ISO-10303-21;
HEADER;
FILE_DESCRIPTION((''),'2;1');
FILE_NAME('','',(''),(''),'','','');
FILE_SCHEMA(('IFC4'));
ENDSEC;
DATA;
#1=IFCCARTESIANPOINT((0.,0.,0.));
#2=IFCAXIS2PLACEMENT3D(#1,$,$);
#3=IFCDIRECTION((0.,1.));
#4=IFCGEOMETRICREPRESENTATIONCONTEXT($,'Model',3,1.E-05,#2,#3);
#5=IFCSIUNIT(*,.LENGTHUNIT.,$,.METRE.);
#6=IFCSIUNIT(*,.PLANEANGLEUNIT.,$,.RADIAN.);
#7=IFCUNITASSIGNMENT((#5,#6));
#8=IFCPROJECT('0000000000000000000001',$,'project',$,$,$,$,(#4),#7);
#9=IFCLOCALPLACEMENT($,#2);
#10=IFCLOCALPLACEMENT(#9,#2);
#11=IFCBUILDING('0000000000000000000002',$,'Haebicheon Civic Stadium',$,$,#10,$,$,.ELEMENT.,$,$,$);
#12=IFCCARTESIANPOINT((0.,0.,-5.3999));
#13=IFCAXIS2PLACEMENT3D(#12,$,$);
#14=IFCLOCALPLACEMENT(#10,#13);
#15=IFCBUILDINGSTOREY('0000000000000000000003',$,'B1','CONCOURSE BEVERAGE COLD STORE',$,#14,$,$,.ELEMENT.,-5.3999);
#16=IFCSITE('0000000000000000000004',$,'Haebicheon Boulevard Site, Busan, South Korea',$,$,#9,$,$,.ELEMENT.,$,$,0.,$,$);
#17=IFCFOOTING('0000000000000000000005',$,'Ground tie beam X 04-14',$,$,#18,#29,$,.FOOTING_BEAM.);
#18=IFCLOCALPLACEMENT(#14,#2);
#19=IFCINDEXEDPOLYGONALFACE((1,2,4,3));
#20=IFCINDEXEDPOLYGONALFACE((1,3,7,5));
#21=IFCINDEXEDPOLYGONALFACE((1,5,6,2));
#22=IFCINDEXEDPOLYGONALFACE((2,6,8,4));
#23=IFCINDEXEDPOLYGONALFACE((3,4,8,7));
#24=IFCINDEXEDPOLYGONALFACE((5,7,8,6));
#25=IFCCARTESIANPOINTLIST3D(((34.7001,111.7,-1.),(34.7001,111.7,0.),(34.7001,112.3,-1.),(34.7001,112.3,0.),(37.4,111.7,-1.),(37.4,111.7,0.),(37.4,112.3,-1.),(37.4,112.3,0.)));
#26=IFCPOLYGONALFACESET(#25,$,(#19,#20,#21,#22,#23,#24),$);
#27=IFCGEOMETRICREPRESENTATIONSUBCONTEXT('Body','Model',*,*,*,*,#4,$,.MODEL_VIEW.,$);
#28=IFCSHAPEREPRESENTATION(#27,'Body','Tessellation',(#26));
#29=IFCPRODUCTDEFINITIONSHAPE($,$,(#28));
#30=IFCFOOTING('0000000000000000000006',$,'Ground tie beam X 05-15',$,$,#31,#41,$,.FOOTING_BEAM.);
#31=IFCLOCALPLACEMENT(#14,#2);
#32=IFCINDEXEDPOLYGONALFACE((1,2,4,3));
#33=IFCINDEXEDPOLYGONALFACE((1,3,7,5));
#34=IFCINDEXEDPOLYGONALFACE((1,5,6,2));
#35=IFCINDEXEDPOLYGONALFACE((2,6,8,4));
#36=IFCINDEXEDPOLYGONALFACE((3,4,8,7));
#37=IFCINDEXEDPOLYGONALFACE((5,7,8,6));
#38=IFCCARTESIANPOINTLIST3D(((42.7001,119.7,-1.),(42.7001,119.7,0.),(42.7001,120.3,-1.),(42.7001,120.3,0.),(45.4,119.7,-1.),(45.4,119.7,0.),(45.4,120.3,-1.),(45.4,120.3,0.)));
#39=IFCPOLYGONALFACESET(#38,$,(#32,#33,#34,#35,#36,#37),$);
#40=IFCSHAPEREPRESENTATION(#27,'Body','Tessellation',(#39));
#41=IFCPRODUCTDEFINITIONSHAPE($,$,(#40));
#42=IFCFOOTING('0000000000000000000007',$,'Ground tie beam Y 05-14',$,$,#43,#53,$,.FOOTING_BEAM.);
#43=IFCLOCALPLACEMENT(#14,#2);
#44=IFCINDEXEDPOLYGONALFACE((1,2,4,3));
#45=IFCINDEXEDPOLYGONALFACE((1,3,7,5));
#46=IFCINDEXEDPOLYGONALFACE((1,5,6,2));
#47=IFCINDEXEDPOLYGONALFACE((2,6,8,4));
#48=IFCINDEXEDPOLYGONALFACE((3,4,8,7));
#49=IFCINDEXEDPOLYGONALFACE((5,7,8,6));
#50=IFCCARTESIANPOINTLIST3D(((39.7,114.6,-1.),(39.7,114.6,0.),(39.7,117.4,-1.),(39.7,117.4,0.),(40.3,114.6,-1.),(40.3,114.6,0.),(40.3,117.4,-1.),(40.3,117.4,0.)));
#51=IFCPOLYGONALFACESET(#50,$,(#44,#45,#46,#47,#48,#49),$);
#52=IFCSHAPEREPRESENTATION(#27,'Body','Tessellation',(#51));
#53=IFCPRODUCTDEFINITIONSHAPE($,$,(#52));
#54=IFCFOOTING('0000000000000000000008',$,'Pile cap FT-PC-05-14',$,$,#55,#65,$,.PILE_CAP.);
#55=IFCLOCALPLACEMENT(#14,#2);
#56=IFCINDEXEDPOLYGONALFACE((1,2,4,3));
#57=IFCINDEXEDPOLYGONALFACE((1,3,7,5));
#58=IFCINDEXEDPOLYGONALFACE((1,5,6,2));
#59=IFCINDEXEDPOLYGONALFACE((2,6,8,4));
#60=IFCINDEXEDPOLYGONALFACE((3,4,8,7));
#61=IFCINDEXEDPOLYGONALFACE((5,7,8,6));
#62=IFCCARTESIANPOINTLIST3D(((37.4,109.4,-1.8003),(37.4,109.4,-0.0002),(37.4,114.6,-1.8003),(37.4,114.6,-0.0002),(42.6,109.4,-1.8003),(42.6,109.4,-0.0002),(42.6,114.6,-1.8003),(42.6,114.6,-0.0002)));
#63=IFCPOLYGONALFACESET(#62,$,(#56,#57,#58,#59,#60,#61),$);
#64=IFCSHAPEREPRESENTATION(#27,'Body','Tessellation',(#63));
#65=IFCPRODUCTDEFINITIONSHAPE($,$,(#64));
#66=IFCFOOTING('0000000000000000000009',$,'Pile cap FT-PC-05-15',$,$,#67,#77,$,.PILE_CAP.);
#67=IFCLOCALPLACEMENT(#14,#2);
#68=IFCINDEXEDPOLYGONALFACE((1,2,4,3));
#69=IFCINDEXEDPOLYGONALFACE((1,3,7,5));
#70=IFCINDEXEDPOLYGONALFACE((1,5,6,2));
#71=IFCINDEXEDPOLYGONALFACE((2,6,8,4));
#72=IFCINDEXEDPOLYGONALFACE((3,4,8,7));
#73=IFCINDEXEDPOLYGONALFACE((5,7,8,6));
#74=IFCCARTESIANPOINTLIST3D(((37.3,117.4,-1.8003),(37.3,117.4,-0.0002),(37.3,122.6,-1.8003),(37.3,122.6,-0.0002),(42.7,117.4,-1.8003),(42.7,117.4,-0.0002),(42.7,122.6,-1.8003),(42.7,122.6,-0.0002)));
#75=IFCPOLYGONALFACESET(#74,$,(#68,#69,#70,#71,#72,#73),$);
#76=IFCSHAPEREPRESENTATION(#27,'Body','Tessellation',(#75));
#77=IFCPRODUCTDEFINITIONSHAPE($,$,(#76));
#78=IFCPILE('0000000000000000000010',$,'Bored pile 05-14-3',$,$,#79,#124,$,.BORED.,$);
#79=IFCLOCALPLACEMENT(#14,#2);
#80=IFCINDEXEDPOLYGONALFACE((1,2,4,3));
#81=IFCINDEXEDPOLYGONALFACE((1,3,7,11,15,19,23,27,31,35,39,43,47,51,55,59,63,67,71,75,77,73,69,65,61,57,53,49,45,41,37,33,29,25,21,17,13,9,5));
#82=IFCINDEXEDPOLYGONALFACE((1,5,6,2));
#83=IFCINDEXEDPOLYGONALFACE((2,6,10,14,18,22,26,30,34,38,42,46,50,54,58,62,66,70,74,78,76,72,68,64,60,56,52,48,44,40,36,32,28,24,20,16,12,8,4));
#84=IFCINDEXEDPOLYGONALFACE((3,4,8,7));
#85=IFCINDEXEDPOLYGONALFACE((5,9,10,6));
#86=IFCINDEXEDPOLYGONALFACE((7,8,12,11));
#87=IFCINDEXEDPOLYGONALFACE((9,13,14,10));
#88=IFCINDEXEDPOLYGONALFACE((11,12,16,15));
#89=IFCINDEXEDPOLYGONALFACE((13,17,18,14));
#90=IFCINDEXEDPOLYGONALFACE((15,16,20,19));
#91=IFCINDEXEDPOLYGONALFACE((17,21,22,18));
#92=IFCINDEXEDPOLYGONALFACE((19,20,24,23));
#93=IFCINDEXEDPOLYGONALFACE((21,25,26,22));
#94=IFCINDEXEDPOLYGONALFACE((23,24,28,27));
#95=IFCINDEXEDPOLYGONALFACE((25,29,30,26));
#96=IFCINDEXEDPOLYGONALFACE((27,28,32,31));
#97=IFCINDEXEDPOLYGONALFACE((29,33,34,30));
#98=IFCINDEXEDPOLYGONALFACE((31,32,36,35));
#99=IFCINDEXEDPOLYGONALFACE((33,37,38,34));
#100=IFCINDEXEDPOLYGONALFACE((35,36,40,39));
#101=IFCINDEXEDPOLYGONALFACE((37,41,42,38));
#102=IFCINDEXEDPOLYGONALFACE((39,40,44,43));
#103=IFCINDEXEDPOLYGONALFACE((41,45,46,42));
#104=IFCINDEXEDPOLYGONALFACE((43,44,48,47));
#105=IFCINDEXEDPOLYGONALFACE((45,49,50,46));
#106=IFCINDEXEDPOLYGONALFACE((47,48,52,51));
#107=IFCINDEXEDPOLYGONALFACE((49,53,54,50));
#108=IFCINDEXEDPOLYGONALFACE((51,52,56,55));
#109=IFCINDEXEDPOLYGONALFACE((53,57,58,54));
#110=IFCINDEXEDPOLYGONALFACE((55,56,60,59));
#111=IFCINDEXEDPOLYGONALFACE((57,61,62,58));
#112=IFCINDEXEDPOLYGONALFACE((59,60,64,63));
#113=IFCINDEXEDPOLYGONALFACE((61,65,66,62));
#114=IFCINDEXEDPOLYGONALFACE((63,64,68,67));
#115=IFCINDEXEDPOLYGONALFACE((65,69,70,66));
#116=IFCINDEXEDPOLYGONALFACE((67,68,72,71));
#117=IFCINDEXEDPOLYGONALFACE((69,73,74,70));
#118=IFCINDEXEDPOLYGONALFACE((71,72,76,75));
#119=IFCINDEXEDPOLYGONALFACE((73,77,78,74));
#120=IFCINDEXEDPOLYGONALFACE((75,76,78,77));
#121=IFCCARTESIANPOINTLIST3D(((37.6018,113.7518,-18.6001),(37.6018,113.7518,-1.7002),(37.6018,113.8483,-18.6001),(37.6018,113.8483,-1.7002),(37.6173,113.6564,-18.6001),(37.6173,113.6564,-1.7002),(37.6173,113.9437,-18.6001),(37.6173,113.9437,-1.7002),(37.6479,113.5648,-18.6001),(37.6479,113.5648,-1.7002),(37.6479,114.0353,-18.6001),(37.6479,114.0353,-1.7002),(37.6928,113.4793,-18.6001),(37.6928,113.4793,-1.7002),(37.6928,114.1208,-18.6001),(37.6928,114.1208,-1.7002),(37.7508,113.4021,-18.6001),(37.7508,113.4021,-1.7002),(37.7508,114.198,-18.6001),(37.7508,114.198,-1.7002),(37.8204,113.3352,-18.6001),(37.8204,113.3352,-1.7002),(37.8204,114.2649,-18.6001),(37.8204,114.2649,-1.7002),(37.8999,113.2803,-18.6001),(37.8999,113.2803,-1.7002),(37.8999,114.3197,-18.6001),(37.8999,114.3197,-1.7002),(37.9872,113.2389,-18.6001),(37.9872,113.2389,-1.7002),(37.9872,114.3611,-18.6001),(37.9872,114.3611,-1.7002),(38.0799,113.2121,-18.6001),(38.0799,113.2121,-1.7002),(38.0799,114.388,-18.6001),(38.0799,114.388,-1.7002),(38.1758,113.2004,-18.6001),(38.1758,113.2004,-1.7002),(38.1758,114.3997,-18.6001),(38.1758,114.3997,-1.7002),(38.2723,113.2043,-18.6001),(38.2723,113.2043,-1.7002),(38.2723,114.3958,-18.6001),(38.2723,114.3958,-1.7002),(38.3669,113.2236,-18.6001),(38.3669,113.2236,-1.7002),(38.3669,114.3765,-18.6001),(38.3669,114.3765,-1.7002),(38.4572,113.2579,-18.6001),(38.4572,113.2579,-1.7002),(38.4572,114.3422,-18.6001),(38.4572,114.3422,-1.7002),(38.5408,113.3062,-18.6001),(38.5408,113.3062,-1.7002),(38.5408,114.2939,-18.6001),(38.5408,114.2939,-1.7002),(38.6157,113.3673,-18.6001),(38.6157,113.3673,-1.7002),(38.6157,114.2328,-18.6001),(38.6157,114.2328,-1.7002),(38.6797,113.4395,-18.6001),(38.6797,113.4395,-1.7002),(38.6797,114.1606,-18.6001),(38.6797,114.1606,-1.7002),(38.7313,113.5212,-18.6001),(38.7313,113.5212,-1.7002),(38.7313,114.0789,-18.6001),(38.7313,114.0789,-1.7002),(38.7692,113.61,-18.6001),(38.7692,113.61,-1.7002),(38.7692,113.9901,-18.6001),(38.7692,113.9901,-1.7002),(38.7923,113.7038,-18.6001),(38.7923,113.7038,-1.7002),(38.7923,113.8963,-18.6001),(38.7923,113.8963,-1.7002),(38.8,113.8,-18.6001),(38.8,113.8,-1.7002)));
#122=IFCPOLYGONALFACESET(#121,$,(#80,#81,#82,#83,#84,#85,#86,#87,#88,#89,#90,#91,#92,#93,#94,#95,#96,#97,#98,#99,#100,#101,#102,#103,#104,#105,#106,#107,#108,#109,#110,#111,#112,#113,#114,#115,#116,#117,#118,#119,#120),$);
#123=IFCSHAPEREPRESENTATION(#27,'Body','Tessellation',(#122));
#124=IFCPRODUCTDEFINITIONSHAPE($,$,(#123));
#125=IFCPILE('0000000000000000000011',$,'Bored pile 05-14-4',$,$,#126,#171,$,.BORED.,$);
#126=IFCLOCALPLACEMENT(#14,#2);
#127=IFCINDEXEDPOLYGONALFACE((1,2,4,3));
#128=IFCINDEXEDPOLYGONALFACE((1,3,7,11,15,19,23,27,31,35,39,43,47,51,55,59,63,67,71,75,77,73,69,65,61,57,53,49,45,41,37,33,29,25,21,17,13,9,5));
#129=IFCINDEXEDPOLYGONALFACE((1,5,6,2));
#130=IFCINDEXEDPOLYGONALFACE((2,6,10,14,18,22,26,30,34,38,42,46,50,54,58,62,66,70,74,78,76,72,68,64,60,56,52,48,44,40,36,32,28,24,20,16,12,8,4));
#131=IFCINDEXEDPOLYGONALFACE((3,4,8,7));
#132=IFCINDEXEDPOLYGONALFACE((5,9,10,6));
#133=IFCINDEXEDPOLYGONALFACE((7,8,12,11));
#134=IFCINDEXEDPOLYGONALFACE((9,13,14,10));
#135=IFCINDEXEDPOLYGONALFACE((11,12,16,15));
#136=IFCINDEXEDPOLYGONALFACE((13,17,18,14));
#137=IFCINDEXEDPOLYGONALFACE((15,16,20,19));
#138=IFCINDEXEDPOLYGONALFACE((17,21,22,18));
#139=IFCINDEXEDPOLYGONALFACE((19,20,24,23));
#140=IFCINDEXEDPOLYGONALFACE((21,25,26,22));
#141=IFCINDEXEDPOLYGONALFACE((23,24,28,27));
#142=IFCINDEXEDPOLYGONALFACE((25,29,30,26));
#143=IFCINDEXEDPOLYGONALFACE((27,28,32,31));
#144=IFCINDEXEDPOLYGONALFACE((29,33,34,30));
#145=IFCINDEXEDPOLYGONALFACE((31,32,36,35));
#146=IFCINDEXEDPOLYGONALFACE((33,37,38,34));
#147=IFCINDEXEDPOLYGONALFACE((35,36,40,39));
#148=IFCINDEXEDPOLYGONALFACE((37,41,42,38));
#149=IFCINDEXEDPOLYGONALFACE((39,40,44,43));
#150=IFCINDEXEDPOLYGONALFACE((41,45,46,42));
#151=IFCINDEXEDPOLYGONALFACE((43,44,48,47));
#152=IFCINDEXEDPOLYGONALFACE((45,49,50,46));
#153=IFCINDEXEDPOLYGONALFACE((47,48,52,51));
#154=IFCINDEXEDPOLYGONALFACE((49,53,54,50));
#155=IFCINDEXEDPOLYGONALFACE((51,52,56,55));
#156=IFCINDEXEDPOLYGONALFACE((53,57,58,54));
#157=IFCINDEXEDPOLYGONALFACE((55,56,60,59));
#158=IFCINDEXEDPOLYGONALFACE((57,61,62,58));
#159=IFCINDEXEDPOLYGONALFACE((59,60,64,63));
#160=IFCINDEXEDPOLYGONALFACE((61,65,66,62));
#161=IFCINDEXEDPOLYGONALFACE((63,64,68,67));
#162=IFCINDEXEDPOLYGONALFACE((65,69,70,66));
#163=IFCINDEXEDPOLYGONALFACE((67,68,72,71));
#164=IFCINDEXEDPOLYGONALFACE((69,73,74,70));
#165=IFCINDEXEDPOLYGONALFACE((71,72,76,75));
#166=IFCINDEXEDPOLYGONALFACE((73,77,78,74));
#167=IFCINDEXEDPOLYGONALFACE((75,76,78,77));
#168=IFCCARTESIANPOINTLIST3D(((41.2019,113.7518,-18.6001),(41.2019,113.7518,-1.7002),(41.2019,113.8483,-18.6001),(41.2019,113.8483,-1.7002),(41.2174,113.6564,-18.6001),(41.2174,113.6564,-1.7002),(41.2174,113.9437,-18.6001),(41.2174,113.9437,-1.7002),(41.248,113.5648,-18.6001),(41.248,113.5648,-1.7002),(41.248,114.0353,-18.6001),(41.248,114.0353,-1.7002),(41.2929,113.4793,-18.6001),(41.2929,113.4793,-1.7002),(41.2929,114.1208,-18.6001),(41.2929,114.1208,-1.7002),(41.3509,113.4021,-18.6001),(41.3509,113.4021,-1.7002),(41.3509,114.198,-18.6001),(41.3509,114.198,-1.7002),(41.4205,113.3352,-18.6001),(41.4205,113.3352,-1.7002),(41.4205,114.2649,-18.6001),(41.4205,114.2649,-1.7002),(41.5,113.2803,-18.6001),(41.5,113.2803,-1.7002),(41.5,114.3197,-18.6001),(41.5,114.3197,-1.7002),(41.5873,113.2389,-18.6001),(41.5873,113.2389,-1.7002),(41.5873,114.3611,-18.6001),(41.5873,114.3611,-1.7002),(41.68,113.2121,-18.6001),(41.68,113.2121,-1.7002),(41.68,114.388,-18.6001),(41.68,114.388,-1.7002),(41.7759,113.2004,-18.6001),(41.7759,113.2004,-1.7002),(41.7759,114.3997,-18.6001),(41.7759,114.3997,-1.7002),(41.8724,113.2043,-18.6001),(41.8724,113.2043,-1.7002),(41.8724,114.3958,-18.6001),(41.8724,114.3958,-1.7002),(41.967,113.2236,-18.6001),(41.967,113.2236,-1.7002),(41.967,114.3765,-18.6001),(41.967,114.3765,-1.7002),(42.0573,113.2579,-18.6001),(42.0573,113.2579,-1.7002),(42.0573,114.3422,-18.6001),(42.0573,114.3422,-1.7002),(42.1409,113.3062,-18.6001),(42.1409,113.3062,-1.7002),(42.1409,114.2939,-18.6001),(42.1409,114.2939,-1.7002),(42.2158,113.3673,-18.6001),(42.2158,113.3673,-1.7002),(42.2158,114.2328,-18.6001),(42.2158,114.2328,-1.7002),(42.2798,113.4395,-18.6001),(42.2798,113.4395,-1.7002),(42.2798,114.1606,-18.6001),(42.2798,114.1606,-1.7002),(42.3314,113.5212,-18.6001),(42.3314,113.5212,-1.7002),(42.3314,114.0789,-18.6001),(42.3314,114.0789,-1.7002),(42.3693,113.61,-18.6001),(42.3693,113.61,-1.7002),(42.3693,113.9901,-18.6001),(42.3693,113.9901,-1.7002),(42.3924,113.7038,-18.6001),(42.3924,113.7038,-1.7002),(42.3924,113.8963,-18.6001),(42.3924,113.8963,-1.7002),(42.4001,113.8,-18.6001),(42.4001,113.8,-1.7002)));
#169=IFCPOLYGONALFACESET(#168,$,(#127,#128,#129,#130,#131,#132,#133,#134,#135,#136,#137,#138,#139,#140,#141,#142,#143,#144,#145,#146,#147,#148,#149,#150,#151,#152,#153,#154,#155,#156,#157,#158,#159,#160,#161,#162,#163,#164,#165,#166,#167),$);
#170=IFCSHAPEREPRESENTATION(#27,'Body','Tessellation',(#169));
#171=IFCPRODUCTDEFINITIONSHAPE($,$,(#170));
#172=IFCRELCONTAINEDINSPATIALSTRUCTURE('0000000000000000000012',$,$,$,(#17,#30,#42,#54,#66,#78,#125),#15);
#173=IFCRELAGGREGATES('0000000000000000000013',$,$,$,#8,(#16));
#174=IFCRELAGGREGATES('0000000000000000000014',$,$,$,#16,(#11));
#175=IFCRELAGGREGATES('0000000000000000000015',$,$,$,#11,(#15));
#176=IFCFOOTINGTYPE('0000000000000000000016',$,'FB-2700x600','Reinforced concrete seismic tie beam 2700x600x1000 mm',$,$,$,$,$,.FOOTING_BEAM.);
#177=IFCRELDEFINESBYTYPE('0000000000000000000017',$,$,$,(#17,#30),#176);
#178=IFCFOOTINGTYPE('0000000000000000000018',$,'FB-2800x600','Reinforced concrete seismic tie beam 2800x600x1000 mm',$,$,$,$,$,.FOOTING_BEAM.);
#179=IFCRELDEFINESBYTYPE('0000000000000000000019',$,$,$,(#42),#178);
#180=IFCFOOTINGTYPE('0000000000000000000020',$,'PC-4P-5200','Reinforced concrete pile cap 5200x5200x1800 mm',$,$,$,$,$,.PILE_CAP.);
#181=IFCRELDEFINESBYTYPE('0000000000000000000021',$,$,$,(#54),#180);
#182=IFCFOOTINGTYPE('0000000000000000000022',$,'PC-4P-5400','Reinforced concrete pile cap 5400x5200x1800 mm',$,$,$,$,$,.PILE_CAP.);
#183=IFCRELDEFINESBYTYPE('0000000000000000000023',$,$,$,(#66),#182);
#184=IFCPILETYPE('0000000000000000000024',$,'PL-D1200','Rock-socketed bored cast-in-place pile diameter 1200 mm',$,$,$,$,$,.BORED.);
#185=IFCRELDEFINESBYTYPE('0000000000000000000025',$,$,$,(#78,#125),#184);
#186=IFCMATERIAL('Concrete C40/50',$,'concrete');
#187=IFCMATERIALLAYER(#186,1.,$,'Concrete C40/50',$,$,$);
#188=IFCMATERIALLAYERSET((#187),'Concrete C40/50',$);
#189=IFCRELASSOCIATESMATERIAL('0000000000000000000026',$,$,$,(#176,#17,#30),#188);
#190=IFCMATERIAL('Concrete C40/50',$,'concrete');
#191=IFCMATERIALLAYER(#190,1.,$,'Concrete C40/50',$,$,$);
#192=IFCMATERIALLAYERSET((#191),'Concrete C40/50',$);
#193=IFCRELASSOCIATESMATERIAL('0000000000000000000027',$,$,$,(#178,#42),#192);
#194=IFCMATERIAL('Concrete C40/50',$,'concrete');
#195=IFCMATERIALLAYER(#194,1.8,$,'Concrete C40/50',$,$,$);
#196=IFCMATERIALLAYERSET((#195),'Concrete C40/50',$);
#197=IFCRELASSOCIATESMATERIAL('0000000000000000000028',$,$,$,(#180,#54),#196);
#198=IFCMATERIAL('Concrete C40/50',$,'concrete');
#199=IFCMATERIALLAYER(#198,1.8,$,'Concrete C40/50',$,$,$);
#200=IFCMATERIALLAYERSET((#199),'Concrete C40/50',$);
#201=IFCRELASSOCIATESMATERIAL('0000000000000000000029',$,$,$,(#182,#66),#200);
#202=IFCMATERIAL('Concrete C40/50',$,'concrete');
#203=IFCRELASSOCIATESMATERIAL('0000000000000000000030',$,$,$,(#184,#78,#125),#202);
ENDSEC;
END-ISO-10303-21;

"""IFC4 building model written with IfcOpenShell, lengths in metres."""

from ifc_helpers import new_model, si_unit, direction, frame, origin, origin_2d, place, context, subcontext, project, spatial, rectangle, circle, extrude, material, layer, layer_set, material_profile, profile_set, type_object, element, save


model = new_model("IFC4")

# Units and contexts
model_context = context("Model", 3, precision=1e-05, world=origin(), true_north=direction((0.0, 1.0)))
body_context = subcontext(model_context, "Body", "Model", "MODEL_VIEW")
ifc_project = project(units=[si_unit("LENGTHUNIT", "METRE"), si_unit("PLANEANGLEUNIT", "RADIAN")], contexts=[model_context])

# Site, building, storey
site_placement = place(None, origin())
site = spatial("IfcSite", under=ifc_project, at=site_placement, Name="Haebicheon Boulevard Site, Busan, South Korea", CompositionType="ELEMENT", RefElevation=0.0)
building_placement = place(site_placement, origin())
building = spatial("IfcBuilding", under=site, at=building_placement, Name="Haebicheon Civic Stadium", CompositionType="ELEMENT")
storey_placement = place(building_placement, frame((0.0, 0.0, -5.3999)))
storey = spatial("IfcBuildingStorey", under=building, at=storey_placement, Name="B1", Description="CONCOURSE BEVERAGE COLD STORE", CompositionType="ELEMENT", Elevation=-5.3999)

# Footings
ifc_material_1 = material(Name="Concrete C40/50", Category="concrete")
ifc_layer_1 = layer(ifc_material_1, 1.0, Name="Concrete C40/50")
ifc_layer_set_1 = layer_set([ifc_layer_1], Name="Concrete C40/50")
footing_type_1 = type_object("IfcFootingType", Name="FB-2700x600", Description="Reinforced concrete seismic tie beam 2700x600x1000 mm", PredefinedType="FOOTING_BEAM", material=ifc_layer_set_1)
for number, where, z_axis, x_axis, name in (
    (1, (36.05, 112.0, -1.0), (0.0, 0.0, 1.0), (1.0, 0.0, 0.0), "Ground tie beam X 04-14"),
    (2, (44.05, 120.0, -1.0), (0.0, 0.0, 1.0), (1.0, 0.0, 0.0), "Ground tie beam X 05-15"),
):
    element("IfcFooting", number, at=place(storey_placement, frame(where, z_axis=z_axis, x_axis=x_axis)), inside=storey, type_object=footing_type_1, material=ifc_layer_set_1, Name=name, PredefinedType="FOOTING_BEAM", context=body_context, shape_type="SweptSolid", body=[
        extrude(rectangle(XDim=2.7, YDim=0.6001, at=origin_2d()), origin(), (0.0, 0.0, 1.0), 1.0),
    ])
ifc_material_2 = material(Name="Concrete C40/50", Category="concrete")
ifc_layer_2 = layer(ifc_material_2, 1.0, Name="Concrete C40/50")
ifc_layer_set_2 = layer_set([ifc_layer_2], Name="Concrete C40/50")
footing_type_2 = type_object("IfcFootingType", Name="FB-2800x600", Description="Reinforced concrete seismic tie beam 2800x600x1000 mm", PredefinedType="FOOTING_BEAM", material=ifc_layer_set_2)
footing_1_placement = place(storey_placement, frame((40.0, 116.0, -1.0), z_axis=(0.0, 0.0, 1.0), x_axis=(0.0, 1.0, 0.0)))
element("IfcFooting", 3, at=footing_1_placement, inside=storey, type_object=footing_type_2, material=ifc_layer_set_2, Name="Ground tie beam Y 05-14", PredefinedType="FOOTING_BEAM", context=body_context, shape_type="SweptSolid", body=[
    extrude(rectangle(XDim=2.8, YDim=0.6001, at=origin_2d()), origin(), (0.0, 0.0, 1.0), 1.0),
])
ifc_material_3 = material(Name="Concrete C40/50", Category="concrete")
ifc_layer_3 = layer(ifc_material_3, 1.8, Name="Concrete C40/50")
ifc_layer_set_3 = layer_set([ifc_layer_3], Name="Concrete C40/50")
footing_type_3 = type_object("IfcFootingType", Name="PC-4P-5200", Description="Reinforced concrete pile cap 5200x5200x1800 mm", PredefinedType="PILE_CAP", material=ifc_layer_set_3)
footing_2_placement = place(storey_placement, frame((40.0, 112.0, -1.8003), z_axis=(0.0, 0.0, 1.0), x_axis=(1.0, 0.0, 0.0)))
element("IfcFooting", 4, at=footing_2_placement, inside=storey, type_object=footing_type_3, material=ifc_layer_set_3, Name="Pile cap FT-PC-05-14", PredefinedType="PILE_CAP", context=body_context, shape_type="SweptSolid", body=[
    extrude(rectangle(XDim=5.2, YDim=5.2, at=origin_2d()), origin(), (0.0, 0.0, 1.0), 1.8),
])
ifc_material_4 = material(Name="Concrete C40/50", Category="concrete")
ifc_layer_4 = layer(ifc_material_4, 1.8, Name="Concrete C40/50")
ifc_layer_set_4 = layer_set([ifc_layer_4], Name="Concrete C40/50")
footing_type_4 = type_object("IfcFootingType", Name="PC-4P-5400", Description="Reinforced concrete pile cap 5400x5200x1800 mm", PredefinedType="PILE_CAP", material=ifc_layer_set_4)
footing_3_placement = place(storey_placement, frame((40.0, 120.0, -1.8003), z_axis=(0.0, 0.0, 1.0), x_axis=(1.0, 0.0, 0.0)))
element("IfcFooting", 5, at=footing_3_placement, inside=storey, type_object=footing_type_4, material=ifc_layer_set_4, Name="Pile cap FT-PC-05-15", PredefinedType="PILE_CAP", context=body_context, shape_type="SweptSolid", body=[
    extrude(rectangle(XDim=5.3999, YDim=5.2, at=origin_2d()), origin(), (0.0, 0.0, 1.0), 1.8),
])

# Piles
ifc_material_5 = material(Name="Concrete C40/50", Category="concrete")
ifc_material_profile_1 = material_profile(ifc_material_5, circle(Radius=0.6001, at=origin_2d()), Name="PILE-D1200")
ifc_profile_set_1 = profile_set([ifc_material_profile_1], Name="Concrete C40/50")
pile_type = type_object("IfcPileType", Name="PL-D1200", Description="Rock-socketed bored cast-in-place pile diameter 1200 mm", PredefinedType="BORED", material=ifc_profile_set_1)
for number, where, z_axis, x_axis, name in (
    (6, (38.2, 113.8, -1.7002), (0.0, 0.0, -1.0), (1.0, 0.0, 0.0), "Bored pile 05-14-3"),
    (7, (41.8, 113.8, -1.7002), (0.0, 0.0, -1.0), (1.0, 0.0, 0.0), "Bored pile 05-14-4"),
):
    element("IfcPile", number, at=place(storey_placement, frame(where, z_axis=z_axis, x_axis=x_axis)), inside=storey, type_object=pile_type, material=ifc_profile_set_1, Name=name, PredefinedType="BORED", context=body_context, shape_type="SweptSolid", body=[
        extrude(circle(Radius=0.6001, at=origin_2d()), origin(), (0.0, 0.0, 1.0), 16.8999),
    ])

save(model, "model.ifc")
